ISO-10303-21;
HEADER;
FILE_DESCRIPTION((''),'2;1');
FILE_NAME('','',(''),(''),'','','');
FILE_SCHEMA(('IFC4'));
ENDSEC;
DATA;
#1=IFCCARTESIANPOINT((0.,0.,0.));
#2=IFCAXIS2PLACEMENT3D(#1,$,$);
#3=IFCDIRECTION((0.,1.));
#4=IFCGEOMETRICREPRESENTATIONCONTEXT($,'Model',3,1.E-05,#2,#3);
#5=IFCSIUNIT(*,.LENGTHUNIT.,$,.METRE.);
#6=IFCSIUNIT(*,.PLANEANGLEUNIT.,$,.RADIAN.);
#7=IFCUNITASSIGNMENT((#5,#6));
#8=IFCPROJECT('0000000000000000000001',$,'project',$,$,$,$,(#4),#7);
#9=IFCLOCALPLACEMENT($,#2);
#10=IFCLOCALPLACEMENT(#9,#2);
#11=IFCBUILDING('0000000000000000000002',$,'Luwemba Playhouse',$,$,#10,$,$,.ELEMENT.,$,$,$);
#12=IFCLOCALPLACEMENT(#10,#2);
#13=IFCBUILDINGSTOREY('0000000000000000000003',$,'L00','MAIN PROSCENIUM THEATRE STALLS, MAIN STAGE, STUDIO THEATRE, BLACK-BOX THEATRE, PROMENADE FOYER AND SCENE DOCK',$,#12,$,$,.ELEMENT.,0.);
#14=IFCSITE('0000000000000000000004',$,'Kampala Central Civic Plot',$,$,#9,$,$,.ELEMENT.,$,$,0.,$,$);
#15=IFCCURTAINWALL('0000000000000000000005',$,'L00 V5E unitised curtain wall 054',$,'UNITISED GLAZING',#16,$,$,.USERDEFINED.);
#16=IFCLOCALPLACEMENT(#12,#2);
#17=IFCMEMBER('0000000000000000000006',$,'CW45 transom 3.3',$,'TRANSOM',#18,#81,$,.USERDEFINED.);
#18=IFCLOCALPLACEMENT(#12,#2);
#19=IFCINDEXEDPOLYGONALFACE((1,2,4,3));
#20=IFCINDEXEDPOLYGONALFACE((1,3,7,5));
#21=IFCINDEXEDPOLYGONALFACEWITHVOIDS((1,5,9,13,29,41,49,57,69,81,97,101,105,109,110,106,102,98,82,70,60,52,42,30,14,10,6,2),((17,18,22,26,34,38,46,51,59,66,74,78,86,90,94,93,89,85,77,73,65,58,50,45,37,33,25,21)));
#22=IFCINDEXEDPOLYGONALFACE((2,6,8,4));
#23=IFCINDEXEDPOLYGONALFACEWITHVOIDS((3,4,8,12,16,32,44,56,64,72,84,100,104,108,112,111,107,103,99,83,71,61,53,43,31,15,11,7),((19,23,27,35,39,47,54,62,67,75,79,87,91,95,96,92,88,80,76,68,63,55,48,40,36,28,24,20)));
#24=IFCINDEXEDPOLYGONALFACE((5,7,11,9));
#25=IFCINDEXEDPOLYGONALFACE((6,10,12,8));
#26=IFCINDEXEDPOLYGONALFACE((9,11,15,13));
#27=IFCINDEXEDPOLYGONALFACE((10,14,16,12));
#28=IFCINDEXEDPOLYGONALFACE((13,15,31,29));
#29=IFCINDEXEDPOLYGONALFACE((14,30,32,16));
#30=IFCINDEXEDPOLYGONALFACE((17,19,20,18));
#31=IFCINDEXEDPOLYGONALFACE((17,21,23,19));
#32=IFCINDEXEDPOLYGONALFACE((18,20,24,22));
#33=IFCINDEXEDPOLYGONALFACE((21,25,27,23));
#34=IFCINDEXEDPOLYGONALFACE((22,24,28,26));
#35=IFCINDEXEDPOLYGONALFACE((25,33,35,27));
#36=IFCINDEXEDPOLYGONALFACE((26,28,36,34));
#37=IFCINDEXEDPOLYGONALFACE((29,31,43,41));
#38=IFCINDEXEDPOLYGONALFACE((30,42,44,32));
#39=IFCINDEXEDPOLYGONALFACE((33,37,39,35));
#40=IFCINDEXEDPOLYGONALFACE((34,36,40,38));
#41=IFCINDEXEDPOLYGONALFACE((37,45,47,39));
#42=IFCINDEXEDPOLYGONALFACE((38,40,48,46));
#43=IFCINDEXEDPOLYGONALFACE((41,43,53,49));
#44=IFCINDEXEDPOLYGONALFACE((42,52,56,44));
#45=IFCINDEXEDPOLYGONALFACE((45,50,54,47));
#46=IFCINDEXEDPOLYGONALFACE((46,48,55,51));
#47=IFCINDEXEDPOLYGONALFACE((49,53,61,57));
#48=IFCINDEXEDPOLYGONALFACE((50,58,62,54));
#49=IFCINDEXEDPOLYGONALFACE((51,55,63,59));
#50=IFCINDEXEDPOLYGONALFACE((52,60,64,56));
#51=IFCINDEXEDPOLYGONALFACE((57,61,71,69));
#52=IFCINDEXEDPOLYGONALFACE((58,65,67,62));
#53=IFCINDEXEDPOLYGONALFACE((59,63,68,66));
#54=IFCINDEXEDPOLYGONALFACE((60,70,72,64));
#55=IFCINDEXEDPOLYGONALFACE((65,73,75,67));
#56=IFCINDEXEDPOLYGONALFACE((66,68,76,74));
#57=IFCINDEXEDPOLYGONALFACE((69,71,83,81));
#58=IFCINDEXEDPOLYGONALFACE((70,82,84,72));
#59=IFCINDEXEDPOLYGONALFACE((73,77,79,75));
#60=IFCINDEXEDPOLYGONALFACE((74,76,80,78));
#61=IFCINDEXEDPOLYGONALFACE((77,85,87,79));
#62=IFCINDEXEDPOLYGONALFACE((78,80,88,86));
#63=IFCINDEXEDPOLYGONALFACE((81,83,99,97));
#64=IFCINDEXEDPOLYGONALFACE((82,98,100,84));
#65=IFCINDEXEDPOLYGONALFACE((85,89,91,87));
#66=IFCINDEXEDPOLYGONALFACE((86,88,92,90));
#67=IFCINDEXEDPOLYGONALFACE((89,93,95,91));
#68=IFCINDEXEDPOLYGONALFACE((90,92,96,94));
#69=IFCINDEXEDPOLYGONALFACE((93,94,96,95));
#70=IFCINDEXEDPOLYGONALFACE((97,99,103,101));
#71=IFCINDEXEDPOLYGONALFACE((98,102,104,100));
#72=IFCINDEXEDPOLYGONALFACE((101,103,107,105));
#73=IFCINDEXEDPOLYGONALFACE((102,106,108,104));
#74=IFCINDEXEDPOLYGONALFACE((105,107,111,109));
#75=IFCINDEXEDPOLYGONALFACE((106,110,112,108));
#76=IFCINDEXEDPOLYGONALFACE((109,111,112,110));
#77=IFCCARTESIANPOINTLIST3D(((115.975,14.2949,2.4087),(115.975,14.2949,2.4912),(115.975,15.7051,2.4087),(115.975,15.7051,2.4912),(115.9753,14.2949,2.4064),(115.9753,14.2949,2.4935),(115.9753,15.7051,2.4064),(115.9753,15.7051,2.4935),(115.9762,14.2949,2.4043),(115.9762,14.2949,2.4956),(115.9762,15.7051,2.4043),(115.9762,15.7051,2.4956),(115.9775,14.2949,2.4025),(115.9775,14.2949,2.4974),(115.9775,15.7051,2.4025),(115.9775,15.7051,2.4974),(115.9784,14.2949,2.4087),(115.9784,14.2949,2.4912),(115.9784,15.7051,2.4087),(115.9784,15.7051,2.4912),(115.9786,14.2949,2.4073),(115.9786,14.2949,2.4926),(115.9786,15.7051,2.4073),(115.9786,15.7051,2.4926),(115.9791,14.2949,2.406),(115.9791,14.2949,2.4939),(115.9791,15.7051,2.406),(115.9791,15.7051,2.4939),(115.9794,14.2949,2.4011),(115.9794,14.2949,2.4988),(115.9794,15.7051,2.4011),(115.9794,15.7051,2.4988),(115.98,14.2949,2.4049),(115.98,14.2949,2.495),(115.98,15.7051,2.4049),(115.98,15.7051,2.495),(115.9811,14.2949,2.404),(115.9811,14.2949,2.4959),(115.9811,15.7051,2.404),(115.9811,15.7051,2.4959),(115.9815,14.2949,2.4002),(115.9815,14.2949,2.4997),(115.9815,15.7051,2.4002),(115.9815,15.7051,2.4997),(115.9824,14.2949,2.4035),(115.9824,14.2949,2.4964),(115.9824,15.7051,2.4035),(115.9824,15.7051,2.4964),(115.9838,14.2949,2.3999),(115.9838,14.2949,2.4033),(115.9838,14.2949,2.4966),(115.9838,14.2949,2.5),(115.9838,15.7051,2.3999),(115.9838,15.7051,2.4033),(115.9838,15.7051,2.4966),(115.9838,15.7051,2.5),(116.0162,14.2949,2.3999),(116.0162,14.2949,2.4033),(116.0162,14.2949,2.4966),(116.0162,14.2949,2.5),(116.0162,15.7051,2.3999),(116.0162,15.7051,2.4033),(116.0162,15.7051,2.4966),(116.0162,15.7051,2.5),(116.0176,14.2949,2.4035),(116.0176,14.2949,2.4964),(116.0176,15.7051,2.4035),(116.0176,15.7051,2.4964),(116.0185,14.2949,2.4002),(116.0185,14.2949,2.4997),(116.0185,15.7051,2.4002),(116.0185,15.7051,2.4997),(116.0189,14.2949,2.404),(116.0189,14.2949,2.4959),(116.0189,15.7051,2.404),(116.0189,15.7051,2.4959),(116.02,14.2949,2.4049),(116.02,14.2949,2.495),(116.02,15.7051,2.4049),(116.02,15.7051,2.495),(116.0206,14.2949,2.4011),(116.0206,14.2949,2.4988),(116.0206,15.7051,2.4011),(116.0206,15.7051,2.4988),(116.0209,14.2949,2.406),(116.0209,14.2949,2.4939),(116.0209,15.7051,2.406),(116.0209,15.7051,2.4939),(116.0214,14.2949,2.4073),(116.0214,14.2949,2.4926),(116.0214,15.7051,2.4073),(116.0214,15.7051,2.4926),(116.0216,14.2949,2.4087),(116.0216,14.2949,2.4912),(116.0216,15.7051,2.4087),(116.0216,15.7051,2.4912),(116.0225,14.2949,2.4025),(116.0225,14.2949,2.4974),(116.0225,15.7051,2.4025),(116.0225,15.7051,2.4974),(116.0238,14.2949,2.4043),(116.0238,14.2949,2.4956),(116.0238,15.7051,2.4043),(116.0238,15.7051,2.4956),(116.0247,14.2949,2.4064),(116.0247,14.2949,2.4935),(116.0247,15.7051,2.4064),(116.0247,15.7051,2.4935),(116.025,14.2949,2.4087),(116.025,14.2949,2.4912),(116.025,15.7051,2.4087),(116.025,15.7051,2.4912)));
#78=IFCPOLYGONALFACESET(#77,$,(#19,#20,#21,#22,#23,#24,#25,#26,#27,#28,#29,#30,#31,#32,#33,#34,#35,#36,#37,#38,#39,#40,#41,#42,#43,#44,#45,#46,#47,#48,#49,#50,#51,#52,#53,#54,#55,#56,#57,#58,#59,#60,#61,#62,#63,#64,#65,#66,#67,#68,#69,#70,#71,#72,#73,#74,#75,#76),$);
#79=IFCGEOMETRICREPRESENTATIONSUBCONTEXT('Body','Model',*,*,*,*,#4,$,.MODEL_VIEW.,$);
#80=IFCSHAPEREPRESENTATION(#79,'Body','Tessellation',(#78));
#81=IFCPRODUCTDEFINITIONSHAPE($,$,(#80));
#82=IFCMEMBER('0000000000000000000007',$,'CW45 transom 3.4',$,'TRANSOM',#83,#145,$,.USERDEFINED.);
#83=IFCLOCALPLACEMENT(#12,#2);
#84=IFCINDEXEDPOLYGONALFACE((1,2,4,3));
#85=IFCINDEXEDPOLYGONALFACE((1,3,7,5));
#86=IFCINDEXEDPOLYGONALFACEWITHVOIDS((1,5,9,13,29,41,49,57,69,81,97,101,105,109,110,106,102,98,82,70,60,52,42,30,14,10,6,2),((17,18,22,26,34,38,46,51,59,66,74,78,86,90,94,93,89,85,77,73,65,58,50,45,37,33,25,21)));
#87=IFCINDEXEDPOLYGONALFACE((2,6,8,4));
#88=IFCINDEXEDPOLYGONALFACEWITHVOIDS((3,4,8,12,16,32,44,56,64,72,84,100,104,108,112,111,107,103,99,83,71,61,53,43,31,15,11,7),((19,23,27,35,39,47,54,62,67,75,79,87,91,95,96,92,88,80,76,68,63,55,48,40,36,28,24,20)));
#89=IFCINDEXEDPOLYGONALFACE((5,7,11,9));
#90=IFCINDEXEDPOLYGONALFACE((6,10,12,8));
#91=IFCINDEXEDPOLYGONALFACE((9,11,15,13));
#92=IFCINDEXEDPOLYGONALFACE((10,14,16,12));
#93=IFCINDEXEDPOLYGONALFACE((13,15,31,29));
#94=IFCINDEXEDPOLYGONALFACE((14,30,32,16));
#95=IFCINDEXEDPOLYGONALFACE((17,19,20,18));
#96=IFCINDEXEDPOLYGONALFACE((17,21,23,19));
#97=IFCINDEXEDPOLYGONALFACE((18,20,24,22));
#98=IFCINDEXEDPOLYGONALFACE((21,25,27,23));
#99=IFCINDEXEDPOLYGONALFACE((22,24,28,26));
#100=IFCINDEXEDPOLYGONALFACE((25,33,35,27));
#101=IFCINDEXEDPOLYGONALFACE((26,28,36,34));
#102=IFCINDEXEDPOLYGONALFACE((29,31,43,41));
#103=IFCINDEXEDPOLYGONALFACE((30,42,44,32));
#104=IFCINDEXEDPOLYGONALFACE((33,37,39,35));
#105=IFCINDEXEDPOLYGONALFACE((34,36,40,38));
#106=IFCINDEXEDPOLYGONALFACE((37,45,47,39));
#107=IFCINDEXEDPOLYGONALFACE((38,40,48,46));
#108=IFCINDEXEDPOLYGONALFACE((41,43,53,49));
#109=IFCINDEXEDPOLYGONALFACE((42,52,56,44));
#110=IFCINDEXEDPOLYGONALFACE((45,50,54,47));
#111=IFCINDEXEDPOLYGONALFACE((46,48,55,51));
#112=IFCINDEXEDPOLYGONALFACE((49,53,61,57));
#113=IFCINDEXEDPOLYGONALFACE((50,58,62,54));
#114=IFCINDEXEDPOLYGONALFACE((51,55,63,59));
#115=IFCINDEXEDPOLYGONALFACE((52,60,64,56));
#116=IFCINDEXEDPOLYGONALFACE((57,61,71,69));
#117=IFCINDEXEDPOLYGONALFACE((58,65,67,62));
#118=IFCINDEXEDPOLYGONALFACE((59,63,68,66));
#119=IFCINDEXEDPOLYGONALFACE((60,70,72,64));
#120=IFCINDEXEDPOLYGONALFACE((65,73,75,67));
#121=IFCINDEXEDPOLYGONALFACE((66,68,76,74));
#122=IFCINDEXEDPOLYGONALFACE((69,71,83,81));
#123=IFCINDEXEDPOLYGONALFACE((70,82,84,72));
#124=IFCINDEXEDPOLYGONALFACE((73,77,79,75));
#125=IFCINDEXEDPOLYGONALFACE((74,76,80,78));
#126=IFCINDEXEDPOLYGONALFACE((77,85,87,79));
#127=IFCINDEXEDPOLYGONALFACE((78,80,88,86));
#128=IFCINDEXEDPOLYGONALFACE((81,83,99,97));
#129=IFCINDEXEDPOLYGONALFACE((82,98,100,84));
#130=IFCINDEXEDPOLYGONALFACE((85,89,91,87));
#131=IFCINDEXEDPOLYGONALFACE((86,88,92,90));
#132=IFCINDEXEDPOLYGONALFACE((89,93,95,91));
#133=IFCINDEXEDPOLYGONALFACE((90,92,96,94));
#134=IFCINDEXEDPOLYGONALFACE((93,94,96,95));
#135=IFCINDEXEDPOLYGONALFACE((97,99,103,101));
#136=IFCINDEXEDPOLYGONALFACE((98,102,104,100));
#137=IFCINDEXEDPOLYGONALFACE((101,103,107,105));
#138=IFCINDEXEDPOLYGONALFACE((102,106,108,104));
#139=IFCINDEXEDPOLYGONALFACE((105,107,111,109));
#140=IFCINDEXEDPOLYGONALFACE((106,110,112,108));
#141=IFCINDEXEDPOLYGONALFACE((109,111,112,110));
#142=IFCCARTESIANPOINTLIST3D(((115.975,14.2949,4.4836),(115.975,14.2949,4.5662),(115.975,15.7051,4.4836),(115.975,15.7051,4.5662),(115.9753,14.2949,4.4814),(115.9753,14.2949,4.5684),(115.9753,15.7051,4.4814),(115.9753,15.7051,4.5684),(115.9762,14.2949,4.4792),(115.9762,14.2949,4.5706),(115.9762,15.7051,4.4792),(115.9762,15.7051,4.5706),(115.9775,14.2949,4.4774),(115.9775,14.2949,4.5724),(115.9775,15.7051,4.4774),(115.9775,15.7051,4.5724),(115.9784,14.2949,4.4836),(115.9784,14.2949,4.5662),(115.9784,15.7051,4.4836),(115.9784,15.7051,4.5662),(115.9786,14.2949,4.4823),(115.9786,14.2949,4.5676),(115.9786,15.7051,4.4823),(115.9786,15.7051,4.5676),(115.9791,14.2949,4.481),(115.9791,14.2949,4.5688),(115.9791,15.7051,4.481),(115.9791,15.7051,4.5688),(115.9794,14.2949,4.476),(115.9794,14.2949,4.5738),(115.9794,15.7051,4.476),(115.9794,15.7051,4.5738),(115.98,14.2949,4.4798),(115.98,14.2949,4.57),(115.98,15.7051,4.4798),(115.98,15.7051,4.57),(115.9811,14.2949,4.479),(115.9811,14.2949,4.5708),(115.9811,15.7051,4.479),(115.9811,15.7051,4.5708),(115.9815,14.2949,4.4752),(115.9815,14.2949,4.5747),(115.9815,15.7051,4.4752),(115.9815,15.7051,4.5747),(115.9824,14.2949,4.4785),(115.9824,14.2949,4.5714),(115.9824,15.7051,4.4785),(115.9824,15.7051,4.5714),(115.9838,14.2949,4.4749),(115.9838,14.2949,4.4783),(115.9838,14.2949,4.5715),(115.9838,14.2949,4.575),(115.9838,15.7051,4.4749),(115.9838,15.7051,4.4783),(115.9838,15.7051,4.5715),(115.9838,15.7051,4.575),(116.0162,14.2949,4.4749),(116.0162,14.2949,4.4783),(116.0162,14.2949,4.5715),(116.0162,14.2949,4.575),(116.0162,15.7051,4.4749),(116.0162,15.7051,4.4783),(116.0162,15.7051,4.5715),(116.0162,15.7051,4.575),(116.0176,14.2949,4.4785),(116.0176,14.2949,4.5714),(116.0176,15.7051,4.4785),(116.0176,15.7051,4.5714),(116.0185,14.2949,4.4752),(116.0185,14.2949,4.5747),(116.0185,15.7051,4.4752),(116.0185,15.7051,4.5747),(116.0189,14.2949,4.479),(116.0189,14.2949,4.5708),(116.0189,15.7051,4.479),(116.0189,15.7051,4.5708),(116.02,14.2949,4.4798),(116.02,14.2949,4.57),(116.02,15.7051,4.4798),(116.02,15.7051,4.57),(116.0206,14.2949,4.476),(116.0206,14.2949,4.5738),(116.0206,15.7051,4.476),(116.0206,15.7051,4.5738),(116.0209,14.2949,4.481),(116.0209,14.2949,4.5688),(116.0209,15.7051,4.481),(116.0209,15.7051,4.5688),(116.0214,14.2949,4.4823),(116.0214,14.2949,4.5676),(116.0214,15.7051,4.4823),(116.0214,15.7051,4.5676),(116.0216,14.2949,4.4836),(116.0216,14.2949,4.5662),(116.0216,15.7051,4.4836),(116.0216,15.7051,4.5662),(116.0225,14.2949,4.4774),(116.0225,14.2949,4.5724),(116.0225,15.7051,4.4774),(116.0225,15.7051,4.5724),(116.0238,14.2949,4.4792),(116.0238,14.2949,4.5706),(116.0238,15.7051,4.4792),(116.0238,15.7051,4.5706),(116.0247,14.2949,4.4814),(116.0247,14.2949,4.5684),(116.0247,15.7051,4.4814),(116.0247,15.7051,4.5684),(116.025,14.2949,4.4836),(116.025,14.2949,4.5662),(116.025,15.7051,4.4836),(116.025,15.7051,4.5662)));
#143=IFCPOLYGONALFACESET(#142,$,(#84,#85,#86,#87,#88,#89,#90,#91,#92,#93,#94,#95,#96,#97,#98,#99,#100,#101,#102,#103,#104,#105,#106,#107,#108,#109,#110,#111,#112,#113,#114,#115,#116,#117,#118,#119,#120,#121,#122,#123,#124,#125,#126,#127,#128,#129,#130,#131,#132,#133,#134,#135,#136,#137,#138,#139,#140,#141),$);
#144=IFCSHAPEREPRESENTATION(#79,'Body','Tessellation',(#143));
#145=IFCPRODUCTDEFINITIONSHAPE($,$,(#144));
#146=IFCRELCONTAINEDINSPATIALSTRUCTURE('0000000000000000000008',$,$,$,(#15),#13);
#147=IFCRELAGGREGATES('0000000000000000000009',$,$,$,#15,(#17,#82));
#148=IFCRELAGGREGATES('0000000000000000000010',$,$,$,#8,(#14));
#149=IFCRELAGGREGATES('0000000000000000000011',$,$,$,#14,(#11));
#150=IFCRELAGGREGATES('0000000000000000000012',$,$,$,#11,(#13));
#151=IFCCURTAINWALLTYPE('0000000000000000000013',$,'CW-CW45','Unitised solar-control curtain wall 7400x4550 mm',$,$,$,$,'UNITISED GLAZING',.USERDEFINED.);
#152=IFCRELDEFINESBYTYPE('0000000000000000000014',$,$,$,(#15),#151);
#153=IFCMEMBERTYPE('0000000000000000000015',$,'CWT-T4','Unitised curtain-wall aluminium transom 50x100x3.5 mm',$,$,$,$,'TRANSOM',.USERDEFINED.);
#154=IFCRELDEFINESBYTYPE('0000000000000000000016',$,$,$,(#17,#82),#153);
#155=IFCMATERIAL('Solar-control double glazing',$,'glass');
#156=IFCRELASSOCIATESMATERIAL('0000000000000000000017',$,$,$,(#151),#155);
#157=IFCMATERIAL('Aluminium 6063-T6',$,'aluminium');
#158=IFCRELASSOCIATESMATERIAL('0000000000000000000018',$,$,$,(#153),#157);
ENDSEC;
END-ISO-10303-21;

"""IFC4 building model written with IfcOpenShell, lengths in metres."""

from ifc_helpers import new_model, si_unit, direction, frame, origin, origin_2d, place, context, subcontext, project, spatial, hollow_rectangle, extrude, material, material_profile, profile_set, type_object, element, aggregate, save


model = new_model("IFC4")

# Units and contexts
model_context = context("Model", 3, precision=1e-05, world=origin(), true_north=direction((0.0, 1.0)))
body_context = subcontext(model_context, "Body", "Model", "MODEL_VIEW")
ifc_project = project(units=[si_unit("LENGTHUNIT", "METRE"), si_unit("PLANEANGLEUNIT", "RADIAN")], contexts=[model_context])

# Site, building, storey
site_placement = place(None, origin())
site = spatial("IfcSite", under=ifc_project, at=site_placement, Name="Kampala Central Civic Plot", CompositionType="ELEMENT", RefElevation=0.0)
building_placement = place(site_placement, origin())
building = spatial("IfcBuilding", under=site, at=building_placement, Name="Luwemba Playhouse", CompositionType="ELEMENT")
storey_placement = place(building_placement, origin())
storey = spatial("IfcBuildingStorey", under=building, at=storey_placement, Name="L00", Description="MAIN PROSCENIUM THEATRE STALLS, MAIN STAGE, STUDIO THEATRE, BLACK-BOX THEATRE, PROMENADE FOYER AND SCENE DOCK", CompositionType="ELEMENT", Elevation=0.0)

# Curtain wall, members
ifc_material_1 = material(Name="Solar-control double glazing", Category="glass")
curtain_wall_type = type_object("IfcCurtainWallType", Name="CW-CW45", Description="Unitised solar-control curtain wall 7400x4550 mm", ElementType="UNITISED GLAZING", PredefinedType="USERDEFINED", material=ifc_material_1)
curtain_wall_placement = place(storey_placement, origin())
curtain_wall = element("IfcCurtainWall", 1, at=curtain_wall_placement, inside=storey, type_object=curtain_wall_type, Name="L00 V5E unitised curtain wall 054", ObjectType="UNITISED GLAZING", PredefinedType="USERDEFINED")
ifc_material_2 = material(Name="Aluminium 6063-T6", Category="aluminium")
ifc_material_profile_1 = material_profile(ifc_material_2, hollow_rectangle(XDim=0.05, YDim=0.1001, WallThickness=0.0034, InnerFilletRadius=0.0054, OuterFilletRadius=0.0088, at=origin_2d()))
ifc_profile_set_1 = profile_set([ifc_material_profile_1], Name="Aluminium 6063-T6")
member_type = type_object("IfcMemberType", Name="CWT-T4", Description="Unitised curtain-wall aluminium transom 50x100x3.5 mm", ElementType="TRANSOM", PredefinedType="USERDEFINED", material=ifc_profile_set_1)
member_1_placement = place(storey_placement, frame((116.0, 14.2949, 2.45), z_axis=(0.0, 1.0, 0.0), x_axis=(-1.0, 0.0, 0.0)))
member_1 = element("IfcMember", 2, at=member_1_placement, type_object=member_type, Name="CW45 transom 3.3", ObjectType="TRANSOM", PredefinedType="USERDEFINED", context=body_context, shape_type="SweptSolid", body=[
    extrude(hollow_rectangle(XDim=0.05, YDim=0.1001, WallThickness=0.0034, InnerFilletRadius=0.0054, OuterFilletRadius=0.0088, at=origin_2d()), origin(), (0.0, 0.0, 1.0), 1.4102),
])
member_2_placement = place(storey_placement, frame((116.0, 14.2949, 4.5249), z_axis=(0.0, 1.0, 0.0), x_axis=(-1.0, 0.0, 0.0)))
member_2 = element("IfcMember", 3, at=member_2_placement, type_object=member_type, Name="CW45 transom 3.4", ObjectType="TRANSOM", PredefinedType="USERDEFINED", context=body_context, shape_type="SweptSolid", body=[
    extrude(hollow_rectangle(XDim=0.05, YDim=0.1001, WallThickness=0.0034, InnerFilletRadius=0.0054, OuterFilletRadius=0.0088, at=origin_2d()), origin(), (0.0, 0.0, 1.0), 1.4102),
])
aggregate(curtain_wall, [member_1, member_2])

save(model, "model.ifc")
